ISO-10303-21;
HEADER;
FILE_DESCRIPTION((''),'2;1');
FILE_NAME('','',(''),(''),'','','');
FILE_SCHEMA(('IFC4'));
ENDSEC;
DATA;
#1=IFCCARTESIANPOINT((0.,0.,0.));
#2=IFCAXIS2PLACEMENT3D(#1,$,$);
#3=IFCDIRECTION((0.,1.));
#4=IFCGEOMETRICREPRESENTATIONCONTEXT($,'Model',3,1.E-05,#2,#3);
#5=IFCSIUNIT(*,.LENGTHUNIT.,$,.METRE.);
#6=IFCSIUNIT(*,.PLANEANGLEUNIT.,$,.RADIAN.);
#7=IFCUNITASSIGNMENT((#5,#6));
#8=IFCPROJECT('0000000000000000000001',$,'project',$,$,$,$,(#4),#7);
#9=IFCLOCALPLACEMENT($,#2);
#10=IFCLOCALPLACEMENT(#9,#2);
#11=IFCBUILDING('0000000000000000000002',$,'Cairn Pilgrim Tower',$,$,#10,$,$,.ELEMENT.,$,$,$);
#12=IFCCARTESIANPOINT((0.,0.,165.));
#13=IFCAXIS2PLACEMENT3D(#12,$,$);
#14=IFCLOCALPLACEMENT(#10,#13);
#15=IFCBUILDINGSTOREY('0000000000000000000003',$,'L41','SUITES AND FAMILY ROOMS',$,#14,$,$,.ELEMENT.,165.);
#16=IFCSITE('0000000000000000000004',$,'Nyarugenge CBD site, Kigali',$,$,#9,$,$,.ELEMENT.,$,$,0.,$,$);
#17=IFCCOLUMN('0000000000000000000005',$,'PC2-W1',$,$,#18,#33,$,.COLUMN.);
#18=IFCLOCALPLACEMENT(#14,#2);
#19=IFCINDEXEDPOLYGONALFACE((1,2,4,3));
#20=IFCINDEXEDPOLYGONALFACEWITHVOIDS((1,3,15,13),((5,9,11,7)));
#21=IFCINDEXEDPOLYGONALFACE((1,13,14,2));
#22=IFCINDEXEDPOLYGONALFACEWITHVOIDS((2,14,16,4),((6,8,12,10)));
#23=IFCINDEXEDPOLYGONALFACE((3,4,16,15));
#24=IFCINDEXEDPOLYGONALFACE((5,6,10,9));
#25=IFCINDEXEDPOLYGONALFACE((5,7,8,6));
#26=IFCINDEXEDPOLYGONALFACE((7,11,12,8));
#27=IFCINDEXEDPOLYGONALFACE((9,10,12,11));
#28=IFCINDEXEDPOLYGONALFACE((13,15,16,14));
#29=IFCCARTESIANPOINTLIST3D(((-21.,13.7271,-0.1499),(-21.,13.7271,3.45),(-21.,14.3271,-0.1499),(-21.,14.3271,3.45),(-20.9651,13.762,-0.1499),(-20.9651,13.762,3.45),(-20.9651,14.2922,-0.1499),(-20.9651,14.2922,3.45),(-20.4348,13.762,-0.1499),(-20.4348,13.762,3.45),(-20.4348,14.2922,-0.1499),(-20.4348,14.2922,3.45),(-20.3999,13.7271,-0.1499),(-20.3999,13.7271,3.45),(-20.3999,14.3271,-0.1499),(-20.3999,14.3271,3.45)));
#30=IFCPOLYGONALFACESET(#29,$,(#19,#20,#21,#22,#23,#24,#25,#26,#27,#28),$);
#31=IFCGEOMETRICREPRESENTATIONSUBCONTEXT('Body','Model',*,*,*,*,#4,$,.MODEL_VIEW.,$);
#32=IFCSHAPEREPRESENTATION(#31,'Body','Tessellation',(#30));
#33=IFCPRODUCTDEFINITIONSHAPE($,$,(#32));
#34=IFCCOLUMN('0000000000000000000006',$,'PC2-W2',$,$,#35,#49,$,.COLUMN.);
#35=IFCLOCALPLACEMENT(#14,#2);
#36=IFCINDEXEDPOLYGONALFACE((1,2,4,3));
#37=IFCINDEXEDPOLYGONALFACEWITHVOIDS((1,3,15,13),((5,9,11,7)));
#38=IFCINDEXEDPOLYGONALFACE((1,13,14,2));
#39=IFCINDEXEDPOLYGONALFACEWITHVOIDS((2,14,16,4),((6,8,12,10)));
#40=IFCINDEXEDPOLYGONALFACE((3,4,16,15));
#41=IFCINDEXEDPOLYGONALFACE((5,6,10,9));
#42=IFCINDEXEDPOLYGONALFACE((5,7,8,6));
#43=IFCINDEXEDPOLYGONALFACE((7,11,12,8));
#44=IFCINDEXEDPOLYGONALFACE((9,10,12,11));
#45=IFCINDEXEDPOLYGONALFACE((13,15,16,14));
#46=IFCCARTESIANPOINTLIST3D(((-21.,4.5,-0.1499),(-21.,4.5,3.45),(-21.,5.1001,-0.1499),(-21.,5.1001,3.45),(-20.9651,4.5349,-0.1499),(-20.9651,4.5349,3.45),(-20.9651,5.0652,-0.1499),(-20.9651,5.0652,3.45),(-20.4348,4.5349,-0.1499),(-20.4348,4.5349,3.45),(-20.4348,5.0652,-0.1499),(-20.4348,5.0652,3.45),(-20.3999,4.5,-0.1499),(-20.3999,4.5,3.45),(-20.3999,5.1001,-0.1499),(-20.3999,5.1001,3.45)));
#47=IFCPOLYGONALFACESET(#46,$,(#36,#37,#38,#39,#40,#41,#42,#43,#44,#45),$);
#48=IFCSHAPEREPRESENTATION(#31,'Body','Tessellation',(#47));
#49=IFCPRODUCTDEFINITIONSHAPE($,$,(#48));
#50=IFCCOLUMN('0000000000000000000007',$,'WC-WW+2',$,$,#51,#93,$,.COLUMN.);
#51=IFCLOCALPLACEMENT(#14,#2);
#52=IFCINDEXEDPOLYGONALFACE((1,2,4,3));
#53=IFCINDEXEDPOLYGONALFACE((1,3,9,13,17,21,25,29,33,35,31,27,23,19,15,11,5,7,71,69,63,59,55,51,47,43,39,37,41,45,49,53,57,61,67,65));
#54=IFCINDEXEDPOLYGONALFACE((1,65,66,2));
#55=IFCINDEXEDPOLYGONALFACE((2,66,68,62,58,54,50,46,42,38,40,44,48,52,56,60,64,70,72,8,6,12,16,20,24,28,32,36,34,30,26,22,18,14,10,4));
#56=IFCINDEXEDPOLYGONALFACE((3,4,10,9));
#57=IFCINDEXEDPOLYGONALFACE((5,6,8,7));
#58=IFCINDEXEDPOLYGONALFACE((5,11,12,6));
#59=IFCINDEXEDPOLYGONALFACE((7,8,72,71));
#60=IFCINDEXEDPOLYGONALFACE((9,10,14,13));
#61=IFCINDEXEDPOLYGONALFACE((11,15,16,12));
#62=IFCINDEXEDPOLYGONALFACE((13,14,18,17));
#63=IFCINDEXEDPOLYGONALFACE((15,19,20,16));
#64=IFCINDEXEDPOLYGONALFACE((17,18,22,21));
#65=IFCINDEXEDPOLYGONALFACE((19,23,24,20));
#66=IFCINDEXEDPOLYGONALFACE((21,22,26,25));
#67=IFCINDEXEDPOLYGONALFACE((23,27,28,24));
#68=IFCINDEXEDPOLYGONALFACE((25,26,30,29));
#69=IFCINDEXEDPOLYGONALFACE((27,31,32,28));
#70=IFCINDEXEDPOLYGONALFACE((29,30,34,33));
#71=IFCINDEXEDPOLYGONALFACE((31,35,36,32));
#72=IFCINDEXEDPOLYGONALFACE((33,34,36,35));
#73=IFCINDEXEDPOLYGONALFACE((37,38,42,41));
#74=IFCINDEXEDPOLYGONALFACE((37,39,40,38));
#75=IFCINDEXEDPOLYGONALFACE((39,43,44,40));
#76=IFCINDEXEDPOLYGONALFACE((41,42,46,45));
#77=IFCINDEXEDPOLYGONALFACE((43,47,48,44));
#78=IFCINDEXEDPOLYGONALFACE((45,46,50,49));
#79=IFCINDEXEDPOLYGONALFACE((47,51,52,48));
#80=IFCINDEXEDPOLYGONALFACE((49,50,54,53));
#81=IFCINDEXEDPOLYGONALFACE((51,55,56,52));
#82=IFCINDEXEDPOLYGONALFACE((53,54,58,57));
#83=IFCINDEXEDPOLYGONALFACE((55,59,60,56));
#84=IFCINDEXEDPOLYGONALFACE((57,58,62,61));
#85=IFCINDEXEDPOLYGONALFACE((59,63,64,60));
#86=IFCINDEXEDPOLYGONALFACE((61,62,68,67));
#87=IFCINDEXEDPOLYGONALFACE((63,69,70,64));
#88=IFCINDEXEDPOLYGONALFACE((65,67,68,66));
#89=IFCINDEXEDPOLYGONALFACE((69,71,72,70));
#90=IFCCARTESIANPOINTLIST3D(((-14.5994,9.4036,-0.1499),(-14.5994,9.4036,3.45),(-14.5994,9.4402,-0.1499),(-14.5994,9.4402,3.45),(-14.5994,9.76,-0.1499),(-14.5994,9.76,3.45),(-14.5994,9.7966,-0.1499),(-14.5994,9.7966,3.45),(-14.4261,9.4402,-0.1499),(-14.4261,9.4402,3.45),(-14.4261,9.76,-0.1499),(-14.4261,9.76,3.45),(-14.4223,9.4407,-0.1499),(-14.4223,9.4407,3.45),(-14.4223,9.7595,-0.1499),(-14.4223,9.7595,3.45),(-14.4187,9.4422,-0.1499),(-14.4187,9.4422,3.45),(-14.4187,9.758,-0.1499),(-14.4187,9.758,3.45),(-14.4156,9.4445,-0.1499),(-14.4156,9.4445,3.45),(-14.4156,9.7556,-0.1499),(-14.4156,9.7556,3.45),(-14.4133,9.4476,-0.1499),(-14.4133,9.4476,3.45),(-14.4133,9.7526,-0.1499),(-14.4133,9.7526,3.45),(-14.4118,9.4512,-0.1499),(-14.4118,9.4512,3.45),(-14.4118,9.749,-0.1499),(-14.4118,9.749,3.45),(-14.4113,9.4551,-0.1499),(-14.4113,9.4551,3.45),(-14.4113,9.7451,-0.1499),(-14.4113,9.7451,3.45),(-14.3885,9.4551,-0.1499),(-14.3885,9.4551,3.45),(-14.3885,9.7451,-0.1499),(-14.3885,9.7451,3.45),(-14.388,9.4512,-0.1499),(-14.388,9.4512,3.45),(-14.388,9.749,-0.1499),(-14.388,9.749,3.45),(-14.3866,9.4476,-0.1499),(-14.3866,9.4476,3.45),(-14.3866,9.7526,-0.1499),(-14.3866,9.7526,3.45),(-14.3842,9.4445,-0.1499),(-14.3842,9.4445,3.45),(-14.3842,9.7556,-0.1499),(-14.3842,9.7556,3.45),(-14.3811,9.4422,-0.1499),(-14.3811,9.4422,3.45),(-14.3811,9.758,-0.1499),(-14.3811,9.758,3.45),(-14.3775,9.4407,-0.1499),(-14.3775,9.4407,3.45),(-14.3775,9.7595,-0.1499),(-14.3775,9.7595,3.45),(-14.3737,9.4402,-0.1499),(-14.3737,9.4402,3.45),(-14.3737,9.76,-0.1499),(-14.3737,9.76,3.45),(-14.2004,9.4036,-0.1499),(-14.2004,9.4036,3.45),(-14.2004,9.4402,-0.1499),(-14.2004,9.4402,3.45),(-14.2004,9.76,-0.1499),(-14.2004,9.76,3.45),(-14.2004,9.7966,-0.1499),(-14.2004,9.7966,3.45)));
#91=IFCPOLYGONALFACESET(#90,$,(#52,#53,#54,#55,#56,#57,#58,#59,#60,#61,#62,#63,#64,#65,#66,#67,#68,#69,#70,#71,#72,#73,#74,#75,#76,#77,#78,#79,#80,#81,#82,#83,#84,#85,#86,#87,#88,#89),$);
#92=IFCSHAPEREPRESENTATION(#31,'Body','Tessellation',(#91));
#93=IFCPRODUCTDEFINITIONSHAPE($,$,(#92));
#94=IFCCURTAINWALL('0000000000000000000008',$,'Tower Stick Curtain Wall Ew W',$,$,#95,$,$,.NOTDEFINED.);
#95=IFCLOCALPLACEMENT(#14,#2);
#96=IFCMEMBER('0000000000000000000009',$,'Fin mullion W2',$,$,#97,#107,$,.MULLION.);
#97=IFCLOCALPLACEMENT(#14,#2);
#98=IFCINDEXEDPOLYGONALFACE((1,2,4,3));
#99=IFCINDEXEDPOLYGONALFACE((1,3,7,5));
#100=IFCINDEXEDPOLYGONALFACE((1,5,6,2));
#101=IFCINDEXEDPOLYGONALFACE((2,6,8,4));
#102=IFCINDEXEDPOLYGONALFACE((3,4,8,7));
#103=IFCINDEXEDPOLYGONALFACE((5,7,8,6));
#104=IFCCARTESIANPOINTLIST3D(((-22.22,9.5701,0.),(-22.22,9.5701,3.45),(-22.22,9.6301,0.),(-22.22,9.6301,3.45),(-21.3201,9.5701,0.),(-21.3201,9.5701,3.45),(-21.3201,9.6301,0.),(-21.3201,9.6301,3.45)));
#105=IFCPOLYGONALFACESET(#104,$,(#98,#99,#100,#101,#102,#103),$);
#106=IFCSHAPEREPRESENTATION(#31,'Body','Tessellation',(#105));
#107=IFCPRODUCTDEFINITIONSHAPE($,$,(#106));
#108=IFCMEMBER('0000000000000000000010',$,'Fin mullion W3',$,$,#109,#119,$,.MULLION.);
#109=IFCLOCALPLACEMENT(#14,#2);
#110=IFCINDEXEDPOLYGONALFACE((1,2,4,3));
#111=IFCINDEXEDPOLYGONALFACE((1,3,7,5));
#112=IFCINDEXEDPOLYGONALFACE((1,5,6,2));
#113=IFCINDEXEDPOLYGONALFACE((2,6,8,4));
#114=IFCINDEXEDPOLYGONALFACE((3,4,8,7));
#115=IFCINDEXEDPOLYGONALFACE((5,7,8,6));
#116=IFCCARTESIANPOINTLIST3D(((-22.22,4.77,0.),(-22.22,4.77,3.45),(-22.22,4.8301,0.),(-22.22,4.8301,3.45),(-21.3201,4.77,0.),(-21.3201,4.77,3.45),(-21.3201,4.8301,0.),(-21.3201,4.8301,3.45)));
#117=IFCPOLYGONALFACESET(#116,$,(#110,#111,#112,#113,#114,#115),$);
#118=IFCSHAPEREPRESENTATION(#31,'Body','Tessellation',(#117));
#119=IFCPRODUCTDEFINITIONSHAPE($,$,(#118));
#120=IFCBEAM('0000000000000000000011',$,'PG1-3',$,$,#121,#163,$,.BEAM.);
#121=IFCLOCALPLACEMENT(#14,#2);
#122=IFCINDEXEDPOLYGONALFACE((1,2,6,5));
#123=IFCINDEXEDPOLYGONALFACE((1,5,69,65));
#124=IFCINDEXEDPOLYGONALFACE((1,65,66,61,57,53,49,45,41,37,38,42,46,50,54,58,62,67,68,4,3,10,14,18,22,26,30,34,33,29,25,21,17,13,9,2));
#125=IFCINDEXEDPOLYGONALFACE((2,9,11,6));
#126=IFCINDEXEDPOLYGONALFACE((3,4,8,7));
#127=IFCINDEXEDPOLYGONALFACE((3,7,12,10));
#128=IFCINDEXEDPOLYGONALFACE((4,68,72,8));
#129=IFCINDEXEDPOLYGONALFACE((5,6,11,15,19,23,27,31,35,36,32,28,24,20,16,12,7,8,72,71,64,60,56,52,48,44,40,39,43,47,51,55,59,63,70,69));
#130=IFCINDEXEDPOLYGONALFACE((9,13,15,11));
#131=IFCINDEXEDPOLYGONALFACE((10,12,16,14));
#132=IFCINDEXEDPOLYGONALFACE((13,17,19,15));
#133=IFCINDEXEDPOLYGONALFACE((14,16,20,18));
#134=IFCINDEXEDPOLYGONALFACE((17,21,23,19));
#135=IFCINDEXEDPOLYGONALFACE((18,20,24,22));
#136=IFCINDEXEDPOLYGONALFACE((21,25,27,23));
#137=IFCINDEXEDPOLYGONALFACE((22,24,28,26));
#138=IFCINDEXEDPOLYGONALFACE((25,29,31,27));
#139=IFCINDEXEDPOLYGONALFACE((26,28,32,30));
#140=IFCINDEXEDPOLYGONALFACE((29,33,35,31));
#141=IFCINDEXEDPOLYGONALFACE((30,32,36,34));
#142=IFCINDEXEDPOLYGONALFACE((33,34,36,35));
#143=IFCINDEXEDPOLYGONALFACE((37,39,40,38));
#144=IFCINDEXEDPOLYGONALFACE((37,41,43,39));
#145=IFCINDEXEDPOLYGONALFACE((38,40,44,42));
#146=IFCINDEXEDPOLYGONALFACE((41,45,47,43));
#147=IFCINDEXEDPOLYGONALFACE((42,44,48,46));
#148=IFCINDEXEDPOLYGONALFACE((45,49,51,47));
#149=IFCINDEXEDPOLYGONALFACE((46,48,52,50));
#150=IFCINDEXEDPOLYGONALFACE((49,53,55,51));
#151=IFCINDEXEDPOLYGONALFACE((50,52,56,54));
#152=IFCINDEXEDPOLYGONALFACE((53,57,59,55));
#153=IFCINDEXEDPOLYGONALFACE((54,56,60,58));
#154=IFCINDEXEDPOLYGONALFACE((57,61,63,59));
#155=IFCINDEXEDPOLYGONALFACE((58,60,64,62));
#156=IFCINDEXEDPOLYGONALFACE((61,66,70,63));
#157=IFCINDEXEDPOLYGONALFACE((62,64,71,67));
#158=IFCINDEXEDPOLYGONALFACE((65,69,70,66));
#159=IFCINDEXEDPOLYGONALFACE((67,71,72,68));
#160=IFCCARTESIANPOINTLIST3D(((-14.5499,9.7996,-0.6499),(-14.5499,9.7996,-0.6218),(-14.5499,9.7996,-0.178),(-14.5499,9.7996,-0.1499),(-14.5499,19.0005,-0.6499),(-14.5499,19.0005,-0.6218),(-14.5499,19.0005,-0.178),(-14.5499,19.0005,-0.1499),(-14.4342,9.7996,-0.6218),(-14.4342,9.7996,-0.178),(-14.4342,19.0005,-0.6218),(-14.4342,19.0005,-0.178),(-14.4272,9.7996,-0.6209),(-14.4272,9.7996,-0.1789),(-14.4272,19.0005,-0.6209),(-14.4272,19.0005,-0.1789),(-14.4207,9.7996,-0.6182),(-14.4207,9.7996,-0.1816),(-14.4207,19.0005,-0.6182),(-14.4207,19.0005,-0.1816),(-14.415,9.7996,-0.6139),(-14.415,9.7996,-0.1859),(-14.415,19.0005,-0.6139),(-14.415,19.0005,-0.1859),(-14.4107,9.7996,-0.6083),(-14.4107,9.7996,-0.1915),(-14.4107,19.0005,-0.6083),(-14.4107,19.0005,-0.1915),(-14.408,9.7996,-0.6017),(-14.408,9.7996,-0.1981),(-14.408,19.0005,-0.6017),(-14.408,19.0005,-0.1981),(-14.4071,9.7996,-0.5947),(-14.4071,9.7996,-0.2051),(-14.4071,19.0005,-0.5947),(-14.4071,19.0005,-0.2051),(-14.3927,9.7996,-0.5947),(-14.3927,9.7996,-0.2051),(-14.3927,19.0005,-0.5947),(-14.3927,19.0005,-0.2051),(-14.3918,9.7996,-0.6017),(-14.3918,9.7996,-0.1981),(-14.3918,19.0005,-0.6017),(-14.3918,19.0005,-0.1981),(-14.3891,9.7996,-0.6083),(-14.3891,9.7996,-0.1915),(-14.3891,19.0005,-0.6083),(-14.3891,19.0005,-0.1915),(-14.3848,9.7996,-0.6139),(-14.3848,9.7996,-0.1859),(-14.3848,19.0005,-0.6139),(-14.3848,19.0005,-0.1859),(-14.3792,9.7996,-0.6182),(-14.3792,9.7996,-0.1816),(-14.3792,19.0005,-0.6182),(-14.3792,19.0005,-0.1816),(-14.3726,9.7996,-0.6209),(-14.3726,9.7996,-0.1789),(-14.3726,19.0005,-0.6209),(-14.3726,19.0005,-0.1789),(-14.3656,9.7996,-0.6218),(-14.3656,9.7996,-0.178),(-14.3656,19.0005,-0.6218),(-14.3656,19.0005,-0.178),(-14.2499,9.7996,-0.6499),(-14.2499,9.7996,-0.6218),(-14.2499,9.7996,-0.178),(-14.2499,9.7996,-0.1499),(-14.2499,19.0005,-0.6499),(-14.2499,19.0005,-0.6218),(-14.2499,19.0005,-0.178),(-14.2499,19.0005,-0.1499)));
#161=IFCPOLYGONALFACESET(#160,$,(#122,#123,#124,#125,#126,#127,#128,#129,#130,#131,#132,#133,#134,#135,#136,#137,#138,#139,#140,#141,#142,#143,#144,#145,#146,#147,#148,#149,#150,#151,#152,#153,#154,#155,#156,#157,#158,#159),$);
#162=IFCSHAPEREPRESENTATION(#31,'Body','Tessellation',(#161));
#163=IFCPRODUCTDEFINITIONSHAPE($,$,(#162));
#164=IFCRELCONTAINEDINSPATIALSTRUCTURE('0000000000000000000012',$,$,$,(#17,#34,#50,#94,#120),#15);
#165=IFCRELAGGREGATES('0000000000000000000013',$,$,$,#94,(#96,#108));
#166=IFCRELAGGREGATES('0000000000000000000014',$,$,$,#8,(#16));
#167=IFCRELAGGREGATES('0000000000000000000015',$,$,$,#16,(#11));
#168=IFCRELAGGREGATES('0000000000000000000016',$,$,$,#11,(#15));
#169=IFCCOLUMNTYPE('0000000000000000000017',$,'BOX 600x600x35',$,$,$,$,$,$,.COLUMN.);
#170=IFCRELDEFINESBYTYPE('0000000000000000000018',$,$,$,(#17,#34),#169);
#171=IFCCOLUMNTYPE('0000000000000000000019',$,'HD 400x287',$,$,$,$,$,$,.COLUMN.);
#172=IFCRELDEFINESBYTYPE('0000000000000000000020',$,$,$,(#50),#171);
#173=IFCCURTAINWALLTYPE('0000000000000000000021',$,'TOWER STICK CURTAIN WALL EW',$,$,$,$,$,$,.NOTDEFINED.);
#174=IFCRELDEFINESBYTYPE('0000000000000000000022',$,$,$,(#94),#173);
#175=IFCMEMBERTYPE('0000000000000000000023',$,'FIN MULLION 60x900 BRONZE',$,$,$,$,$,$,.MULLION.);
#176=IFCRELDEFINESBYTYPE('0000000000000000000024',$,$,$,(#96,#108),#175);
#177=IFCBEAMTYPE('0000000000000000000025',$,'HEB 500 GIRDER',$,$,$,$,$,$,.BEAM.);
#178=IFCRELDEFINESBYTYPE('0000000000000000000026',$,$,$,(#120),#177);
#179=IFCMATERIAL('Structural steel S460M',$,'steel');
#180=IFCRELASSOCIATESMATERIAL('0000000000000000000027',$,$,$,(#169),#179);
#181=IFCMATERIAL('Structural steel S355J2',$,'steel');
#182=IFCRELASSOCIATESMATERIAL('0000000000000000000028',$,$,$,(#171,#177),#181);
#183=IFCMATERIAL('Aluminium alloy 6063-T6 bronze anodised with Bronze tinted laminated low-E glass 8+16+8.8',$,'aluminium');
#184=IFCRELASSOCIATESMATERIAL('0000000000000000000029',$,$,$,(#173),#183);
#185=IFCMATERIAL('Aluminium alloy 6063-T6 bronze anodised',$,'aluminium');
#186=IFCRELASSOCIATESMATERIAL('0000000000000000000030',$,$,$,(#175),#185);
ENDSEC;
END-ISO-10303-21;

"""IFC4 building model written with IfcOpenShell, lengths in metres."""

from ifc_helpers import new_model, si_unit, direction, frame, origin, origin_2d, place, context, subcontext, project, spatial, rectangle, hollow_rectangle, i_section, extrude, material, material_profile, profile_set, type_object, element, aggregate, save


model = new_model("IFC4")

# Units and contexts
model_context = context("Model", 3, precision=1e-05, world=origin(), true_north=direction((0.0, 1.0)))
body_context = subcontext(model_context, "Body", "Model", "MODEL_VIEW")
ifc_project = project(units=[si_unit("LENGTHUNIT", "METRE"), si_unit("PLANEANGLEUNIT", "RADIAN")], contexts=[model_context])

# Site, building, storey
site_placement = place(None, origin())
site = spatial("IfcSite", under=ifc_project, at=site_placement, Name="Nyarugenge CBD site, Kigali", CompositionType="ELEMENT", RefElevation=0.0)
building_placement = place(site_placement, origin())
building = spatial("IfcBuilding", under=site, at=building_placement, Name="Cairn Pilgrim Tower", CompositionType="ELEMENT")
storey_placement = place(building_placement, frame((0.0, 0.0, 165.0)))
storey = spatial("IfcBuildingStorey", under=building, at=storey_placement, Name="L41", Description="SUITES AND FAMILY ROOMS", CompositionType="ELEMENT", Elevation=165.0)

# Columns
ifc_material_1 = material(Name="Structural steel S460M", Category="steel")
ifc_material_profile_1 = material_profile(ifc_material_1, hollow_rectangle(XDim=0.6001, YDim=0.6001, WallThickness=0.0349, at=origin_2d()), Name="BOX 600x600x35")
ifc_profile_set_1 = profile_set([ifc_material_profile_1], Name="Structural steel S460M")
column_type_1 = type_object("IfcColumnType", Name="BOX 600x600x35", PredefinedType="COLUMN", material=ifc_profile_set_1)
for number, where, z_axis, x_axis, name in (
    (1, (-20.7, 14.0271, -0.1499), (0.0, 0.0, 1.0), (1.0, 0.0, 0.0), "PC2-W1"),
    (2, (-20.7, 4.8, -0.1499), (0.0, 0.0, 1.0), (1.0, 0.0, 0.0), "PC2-W2"),
):
    element("IfcColumn", number, at=place(storey_placement, frame(where, z_axis=z_axis, x_axis=x_axis)), inside=storey, type_object=column_type_1, Name=name, PredefinedType="COLUMN", context=body_context, shape_type="SweptSolid", body=[
        extrude(hollow_rectangle(XDim=0.6001, YDim=0.6001, WallThickness=0.0349, at=origin_2d()), origin(), (0.0, 0.0, 1.0), 3.5999),
    ])
ifc_material_2 = material(Name="Structural steel S355J2", Category="steel")
ifc_material_profile_2 = material_profile(ifc_material_2, i_section(OverallWidth=0.3989, OverallDepth=0.3931, WebThickness=0.0227, FlangeThickness=0.0366, FilletRadius=0.0149, at=origin_2d()), Name="HD 400x287")
ifc_profile_set_2 = profile_set([ifc_material_profile_2], Name="Structural steel S355J2")
column_type_2 = type_object("IfcColumnType", Name="HD 400x287", PredefinedType="COLUMN", material=ifc_profile_set_2)
column_placement = place(storey_placement, frame((-14.3999, 9.6001, -0.1499), z_axis=(0.0, 0.0, 1.0), x_axis=(1.0, 0.0, 0.0)))
element("IfcColumn", 3, at=column_placement, inside=storey, type_object=column_type_2, Name="WC-WW+2", PredefinedType="COLUMN", context=body_context, shape_type="SweptSolid", body=[
    extrude(i_section(OverallWidth=0.3989, OverallDepth=0.3931, WebThickness=0.0227, FlangeThickness=0.0366, FilletRadius=0.0149, at=origin_2d()), origin(), (0.0, 0.0, 1.0), 3.5999),
])

# Curtain wall, members
ifc_material_3 = material(Name="Aluminium alloy 6063-T6 bronze anodised with Bronze tinted laminated low-E glass 8+16+8.8", Category="aluminium")
curtain_wall_type = type_object("IfcCurtainWallType", Name="TOWER STICK CURTAIN WALL EW", PredefinedType="NOTDEFINED", material=ifc_material_3)
curtain_wall_placement = place(storey_placement, origin())
curtain_wall = element("IfcCurtainWall", 4, at=curtain_wall_placement, inside=storey, type_object=curtain_wall_type, Name="Tower Stick Curtain Wall Ew W", PredefinedType="NOTDEFINED")
ifc_material_4 = material(Name="Aluminium alloy 6063-T6 bronze anodised", Category="aluminium")
ifc_material_profile_3 = material_profile(ifc_material_4, rectangle(XDim=0.8999, YDim=0.0601, at=origin_2d()), Name="FIN MULLION 60x900 BRONZE")
ifc_profile_set_3 = profile_set([ifc_material_profile_3], Name="Aluminium alloy 6063-T6 bronze anodised")
member_type_1 = type_object("IfcMemberType", Name="FIN MULLION 60x900 BRONZE", PredefinedType="MULLION", material=ifc_profile_set_3)
member_1_placement = place(storey_placement, frame((-21.77, 9.6001, 0.0), z_axis=(0.0, 0.0, 1.0), x_axis=(-1.0, 0.0, 0.0)))
member_1 = element("IfcMember", 5, at=member_1_placement, type_object=member_type_1, Name="Fin mullion W2", PredefinedType="MULLION", context=body_context, shape_type="SweptSolid", body=[
    extrude(rectangle(XDim=0.8999, YDim=0.0601, at=origin_2d()), origin(), (0.0, 0.0, 1.0), 3.45),
])
member_2_placement = place(storey_placement, frame((-21.77, 4.8, 0.0), z_axis=(0.0, 0.0, 1.0), x_axis=(-1.0, 0.0, 0.0)))
member_2 = element("IfcMember", 6, at=member_2_placement, type_object=member_type_1, Name="Fin mullion W3", PredefinedType="MULLION", context=body_context, shape_type="SweptSolid", body=[
    extrude(rectangle(XDim=0.8999, YDim=0.0601, at=origin_2d()), origin(), (0.0, 0.0, 1.0), 3.45),
])

# Beam
ifc_material_profile_4 = material_profile(ifc_material_2, i_section(OverallWidth=0.3, OverallDepth=0.5, WebThickness=0.0144, FlangeThickness=0.0281, FilletRadius=0.0271, at=origin_2d()), Name="HEB 500")
ifc_profile_set_4 = profile_set([ifc_material_profile_4], Name="Structural steel S355J2")
beam_type_1 = type_object("IfcBeamType", Name="HEB 500 GIRDER", PredefinedType="BEAM", material=ifc_profile_set_4)
beam_1_placement = place(storey_placement, frame((-14.3999, 9.7996, -0.3999), z_axis=(0.0, 1.0, 0.0), x_axis=(-1.0, 0.0, 0.0)))
element("IfcBeam", 7, at=beam_1_placement, inside=storey, type_object=beam_type_1, Name="PG1-3", PredefinedType="BEAM", context=body_context, shape_type="SweptSolid", body=[
    extrude(i_section(OverallWidth=0.3, OverallDepth=0.5, WebThickness=0.0144, FlangeThickness=0.0281, FilletRadius=0.0271, at=origin_2d()), origin(), (0.0, 0.0, 1.0), 9.2009),
])

aggregate(curtain_wall, [member_1, member_2])

save(model, "model.ifc")
